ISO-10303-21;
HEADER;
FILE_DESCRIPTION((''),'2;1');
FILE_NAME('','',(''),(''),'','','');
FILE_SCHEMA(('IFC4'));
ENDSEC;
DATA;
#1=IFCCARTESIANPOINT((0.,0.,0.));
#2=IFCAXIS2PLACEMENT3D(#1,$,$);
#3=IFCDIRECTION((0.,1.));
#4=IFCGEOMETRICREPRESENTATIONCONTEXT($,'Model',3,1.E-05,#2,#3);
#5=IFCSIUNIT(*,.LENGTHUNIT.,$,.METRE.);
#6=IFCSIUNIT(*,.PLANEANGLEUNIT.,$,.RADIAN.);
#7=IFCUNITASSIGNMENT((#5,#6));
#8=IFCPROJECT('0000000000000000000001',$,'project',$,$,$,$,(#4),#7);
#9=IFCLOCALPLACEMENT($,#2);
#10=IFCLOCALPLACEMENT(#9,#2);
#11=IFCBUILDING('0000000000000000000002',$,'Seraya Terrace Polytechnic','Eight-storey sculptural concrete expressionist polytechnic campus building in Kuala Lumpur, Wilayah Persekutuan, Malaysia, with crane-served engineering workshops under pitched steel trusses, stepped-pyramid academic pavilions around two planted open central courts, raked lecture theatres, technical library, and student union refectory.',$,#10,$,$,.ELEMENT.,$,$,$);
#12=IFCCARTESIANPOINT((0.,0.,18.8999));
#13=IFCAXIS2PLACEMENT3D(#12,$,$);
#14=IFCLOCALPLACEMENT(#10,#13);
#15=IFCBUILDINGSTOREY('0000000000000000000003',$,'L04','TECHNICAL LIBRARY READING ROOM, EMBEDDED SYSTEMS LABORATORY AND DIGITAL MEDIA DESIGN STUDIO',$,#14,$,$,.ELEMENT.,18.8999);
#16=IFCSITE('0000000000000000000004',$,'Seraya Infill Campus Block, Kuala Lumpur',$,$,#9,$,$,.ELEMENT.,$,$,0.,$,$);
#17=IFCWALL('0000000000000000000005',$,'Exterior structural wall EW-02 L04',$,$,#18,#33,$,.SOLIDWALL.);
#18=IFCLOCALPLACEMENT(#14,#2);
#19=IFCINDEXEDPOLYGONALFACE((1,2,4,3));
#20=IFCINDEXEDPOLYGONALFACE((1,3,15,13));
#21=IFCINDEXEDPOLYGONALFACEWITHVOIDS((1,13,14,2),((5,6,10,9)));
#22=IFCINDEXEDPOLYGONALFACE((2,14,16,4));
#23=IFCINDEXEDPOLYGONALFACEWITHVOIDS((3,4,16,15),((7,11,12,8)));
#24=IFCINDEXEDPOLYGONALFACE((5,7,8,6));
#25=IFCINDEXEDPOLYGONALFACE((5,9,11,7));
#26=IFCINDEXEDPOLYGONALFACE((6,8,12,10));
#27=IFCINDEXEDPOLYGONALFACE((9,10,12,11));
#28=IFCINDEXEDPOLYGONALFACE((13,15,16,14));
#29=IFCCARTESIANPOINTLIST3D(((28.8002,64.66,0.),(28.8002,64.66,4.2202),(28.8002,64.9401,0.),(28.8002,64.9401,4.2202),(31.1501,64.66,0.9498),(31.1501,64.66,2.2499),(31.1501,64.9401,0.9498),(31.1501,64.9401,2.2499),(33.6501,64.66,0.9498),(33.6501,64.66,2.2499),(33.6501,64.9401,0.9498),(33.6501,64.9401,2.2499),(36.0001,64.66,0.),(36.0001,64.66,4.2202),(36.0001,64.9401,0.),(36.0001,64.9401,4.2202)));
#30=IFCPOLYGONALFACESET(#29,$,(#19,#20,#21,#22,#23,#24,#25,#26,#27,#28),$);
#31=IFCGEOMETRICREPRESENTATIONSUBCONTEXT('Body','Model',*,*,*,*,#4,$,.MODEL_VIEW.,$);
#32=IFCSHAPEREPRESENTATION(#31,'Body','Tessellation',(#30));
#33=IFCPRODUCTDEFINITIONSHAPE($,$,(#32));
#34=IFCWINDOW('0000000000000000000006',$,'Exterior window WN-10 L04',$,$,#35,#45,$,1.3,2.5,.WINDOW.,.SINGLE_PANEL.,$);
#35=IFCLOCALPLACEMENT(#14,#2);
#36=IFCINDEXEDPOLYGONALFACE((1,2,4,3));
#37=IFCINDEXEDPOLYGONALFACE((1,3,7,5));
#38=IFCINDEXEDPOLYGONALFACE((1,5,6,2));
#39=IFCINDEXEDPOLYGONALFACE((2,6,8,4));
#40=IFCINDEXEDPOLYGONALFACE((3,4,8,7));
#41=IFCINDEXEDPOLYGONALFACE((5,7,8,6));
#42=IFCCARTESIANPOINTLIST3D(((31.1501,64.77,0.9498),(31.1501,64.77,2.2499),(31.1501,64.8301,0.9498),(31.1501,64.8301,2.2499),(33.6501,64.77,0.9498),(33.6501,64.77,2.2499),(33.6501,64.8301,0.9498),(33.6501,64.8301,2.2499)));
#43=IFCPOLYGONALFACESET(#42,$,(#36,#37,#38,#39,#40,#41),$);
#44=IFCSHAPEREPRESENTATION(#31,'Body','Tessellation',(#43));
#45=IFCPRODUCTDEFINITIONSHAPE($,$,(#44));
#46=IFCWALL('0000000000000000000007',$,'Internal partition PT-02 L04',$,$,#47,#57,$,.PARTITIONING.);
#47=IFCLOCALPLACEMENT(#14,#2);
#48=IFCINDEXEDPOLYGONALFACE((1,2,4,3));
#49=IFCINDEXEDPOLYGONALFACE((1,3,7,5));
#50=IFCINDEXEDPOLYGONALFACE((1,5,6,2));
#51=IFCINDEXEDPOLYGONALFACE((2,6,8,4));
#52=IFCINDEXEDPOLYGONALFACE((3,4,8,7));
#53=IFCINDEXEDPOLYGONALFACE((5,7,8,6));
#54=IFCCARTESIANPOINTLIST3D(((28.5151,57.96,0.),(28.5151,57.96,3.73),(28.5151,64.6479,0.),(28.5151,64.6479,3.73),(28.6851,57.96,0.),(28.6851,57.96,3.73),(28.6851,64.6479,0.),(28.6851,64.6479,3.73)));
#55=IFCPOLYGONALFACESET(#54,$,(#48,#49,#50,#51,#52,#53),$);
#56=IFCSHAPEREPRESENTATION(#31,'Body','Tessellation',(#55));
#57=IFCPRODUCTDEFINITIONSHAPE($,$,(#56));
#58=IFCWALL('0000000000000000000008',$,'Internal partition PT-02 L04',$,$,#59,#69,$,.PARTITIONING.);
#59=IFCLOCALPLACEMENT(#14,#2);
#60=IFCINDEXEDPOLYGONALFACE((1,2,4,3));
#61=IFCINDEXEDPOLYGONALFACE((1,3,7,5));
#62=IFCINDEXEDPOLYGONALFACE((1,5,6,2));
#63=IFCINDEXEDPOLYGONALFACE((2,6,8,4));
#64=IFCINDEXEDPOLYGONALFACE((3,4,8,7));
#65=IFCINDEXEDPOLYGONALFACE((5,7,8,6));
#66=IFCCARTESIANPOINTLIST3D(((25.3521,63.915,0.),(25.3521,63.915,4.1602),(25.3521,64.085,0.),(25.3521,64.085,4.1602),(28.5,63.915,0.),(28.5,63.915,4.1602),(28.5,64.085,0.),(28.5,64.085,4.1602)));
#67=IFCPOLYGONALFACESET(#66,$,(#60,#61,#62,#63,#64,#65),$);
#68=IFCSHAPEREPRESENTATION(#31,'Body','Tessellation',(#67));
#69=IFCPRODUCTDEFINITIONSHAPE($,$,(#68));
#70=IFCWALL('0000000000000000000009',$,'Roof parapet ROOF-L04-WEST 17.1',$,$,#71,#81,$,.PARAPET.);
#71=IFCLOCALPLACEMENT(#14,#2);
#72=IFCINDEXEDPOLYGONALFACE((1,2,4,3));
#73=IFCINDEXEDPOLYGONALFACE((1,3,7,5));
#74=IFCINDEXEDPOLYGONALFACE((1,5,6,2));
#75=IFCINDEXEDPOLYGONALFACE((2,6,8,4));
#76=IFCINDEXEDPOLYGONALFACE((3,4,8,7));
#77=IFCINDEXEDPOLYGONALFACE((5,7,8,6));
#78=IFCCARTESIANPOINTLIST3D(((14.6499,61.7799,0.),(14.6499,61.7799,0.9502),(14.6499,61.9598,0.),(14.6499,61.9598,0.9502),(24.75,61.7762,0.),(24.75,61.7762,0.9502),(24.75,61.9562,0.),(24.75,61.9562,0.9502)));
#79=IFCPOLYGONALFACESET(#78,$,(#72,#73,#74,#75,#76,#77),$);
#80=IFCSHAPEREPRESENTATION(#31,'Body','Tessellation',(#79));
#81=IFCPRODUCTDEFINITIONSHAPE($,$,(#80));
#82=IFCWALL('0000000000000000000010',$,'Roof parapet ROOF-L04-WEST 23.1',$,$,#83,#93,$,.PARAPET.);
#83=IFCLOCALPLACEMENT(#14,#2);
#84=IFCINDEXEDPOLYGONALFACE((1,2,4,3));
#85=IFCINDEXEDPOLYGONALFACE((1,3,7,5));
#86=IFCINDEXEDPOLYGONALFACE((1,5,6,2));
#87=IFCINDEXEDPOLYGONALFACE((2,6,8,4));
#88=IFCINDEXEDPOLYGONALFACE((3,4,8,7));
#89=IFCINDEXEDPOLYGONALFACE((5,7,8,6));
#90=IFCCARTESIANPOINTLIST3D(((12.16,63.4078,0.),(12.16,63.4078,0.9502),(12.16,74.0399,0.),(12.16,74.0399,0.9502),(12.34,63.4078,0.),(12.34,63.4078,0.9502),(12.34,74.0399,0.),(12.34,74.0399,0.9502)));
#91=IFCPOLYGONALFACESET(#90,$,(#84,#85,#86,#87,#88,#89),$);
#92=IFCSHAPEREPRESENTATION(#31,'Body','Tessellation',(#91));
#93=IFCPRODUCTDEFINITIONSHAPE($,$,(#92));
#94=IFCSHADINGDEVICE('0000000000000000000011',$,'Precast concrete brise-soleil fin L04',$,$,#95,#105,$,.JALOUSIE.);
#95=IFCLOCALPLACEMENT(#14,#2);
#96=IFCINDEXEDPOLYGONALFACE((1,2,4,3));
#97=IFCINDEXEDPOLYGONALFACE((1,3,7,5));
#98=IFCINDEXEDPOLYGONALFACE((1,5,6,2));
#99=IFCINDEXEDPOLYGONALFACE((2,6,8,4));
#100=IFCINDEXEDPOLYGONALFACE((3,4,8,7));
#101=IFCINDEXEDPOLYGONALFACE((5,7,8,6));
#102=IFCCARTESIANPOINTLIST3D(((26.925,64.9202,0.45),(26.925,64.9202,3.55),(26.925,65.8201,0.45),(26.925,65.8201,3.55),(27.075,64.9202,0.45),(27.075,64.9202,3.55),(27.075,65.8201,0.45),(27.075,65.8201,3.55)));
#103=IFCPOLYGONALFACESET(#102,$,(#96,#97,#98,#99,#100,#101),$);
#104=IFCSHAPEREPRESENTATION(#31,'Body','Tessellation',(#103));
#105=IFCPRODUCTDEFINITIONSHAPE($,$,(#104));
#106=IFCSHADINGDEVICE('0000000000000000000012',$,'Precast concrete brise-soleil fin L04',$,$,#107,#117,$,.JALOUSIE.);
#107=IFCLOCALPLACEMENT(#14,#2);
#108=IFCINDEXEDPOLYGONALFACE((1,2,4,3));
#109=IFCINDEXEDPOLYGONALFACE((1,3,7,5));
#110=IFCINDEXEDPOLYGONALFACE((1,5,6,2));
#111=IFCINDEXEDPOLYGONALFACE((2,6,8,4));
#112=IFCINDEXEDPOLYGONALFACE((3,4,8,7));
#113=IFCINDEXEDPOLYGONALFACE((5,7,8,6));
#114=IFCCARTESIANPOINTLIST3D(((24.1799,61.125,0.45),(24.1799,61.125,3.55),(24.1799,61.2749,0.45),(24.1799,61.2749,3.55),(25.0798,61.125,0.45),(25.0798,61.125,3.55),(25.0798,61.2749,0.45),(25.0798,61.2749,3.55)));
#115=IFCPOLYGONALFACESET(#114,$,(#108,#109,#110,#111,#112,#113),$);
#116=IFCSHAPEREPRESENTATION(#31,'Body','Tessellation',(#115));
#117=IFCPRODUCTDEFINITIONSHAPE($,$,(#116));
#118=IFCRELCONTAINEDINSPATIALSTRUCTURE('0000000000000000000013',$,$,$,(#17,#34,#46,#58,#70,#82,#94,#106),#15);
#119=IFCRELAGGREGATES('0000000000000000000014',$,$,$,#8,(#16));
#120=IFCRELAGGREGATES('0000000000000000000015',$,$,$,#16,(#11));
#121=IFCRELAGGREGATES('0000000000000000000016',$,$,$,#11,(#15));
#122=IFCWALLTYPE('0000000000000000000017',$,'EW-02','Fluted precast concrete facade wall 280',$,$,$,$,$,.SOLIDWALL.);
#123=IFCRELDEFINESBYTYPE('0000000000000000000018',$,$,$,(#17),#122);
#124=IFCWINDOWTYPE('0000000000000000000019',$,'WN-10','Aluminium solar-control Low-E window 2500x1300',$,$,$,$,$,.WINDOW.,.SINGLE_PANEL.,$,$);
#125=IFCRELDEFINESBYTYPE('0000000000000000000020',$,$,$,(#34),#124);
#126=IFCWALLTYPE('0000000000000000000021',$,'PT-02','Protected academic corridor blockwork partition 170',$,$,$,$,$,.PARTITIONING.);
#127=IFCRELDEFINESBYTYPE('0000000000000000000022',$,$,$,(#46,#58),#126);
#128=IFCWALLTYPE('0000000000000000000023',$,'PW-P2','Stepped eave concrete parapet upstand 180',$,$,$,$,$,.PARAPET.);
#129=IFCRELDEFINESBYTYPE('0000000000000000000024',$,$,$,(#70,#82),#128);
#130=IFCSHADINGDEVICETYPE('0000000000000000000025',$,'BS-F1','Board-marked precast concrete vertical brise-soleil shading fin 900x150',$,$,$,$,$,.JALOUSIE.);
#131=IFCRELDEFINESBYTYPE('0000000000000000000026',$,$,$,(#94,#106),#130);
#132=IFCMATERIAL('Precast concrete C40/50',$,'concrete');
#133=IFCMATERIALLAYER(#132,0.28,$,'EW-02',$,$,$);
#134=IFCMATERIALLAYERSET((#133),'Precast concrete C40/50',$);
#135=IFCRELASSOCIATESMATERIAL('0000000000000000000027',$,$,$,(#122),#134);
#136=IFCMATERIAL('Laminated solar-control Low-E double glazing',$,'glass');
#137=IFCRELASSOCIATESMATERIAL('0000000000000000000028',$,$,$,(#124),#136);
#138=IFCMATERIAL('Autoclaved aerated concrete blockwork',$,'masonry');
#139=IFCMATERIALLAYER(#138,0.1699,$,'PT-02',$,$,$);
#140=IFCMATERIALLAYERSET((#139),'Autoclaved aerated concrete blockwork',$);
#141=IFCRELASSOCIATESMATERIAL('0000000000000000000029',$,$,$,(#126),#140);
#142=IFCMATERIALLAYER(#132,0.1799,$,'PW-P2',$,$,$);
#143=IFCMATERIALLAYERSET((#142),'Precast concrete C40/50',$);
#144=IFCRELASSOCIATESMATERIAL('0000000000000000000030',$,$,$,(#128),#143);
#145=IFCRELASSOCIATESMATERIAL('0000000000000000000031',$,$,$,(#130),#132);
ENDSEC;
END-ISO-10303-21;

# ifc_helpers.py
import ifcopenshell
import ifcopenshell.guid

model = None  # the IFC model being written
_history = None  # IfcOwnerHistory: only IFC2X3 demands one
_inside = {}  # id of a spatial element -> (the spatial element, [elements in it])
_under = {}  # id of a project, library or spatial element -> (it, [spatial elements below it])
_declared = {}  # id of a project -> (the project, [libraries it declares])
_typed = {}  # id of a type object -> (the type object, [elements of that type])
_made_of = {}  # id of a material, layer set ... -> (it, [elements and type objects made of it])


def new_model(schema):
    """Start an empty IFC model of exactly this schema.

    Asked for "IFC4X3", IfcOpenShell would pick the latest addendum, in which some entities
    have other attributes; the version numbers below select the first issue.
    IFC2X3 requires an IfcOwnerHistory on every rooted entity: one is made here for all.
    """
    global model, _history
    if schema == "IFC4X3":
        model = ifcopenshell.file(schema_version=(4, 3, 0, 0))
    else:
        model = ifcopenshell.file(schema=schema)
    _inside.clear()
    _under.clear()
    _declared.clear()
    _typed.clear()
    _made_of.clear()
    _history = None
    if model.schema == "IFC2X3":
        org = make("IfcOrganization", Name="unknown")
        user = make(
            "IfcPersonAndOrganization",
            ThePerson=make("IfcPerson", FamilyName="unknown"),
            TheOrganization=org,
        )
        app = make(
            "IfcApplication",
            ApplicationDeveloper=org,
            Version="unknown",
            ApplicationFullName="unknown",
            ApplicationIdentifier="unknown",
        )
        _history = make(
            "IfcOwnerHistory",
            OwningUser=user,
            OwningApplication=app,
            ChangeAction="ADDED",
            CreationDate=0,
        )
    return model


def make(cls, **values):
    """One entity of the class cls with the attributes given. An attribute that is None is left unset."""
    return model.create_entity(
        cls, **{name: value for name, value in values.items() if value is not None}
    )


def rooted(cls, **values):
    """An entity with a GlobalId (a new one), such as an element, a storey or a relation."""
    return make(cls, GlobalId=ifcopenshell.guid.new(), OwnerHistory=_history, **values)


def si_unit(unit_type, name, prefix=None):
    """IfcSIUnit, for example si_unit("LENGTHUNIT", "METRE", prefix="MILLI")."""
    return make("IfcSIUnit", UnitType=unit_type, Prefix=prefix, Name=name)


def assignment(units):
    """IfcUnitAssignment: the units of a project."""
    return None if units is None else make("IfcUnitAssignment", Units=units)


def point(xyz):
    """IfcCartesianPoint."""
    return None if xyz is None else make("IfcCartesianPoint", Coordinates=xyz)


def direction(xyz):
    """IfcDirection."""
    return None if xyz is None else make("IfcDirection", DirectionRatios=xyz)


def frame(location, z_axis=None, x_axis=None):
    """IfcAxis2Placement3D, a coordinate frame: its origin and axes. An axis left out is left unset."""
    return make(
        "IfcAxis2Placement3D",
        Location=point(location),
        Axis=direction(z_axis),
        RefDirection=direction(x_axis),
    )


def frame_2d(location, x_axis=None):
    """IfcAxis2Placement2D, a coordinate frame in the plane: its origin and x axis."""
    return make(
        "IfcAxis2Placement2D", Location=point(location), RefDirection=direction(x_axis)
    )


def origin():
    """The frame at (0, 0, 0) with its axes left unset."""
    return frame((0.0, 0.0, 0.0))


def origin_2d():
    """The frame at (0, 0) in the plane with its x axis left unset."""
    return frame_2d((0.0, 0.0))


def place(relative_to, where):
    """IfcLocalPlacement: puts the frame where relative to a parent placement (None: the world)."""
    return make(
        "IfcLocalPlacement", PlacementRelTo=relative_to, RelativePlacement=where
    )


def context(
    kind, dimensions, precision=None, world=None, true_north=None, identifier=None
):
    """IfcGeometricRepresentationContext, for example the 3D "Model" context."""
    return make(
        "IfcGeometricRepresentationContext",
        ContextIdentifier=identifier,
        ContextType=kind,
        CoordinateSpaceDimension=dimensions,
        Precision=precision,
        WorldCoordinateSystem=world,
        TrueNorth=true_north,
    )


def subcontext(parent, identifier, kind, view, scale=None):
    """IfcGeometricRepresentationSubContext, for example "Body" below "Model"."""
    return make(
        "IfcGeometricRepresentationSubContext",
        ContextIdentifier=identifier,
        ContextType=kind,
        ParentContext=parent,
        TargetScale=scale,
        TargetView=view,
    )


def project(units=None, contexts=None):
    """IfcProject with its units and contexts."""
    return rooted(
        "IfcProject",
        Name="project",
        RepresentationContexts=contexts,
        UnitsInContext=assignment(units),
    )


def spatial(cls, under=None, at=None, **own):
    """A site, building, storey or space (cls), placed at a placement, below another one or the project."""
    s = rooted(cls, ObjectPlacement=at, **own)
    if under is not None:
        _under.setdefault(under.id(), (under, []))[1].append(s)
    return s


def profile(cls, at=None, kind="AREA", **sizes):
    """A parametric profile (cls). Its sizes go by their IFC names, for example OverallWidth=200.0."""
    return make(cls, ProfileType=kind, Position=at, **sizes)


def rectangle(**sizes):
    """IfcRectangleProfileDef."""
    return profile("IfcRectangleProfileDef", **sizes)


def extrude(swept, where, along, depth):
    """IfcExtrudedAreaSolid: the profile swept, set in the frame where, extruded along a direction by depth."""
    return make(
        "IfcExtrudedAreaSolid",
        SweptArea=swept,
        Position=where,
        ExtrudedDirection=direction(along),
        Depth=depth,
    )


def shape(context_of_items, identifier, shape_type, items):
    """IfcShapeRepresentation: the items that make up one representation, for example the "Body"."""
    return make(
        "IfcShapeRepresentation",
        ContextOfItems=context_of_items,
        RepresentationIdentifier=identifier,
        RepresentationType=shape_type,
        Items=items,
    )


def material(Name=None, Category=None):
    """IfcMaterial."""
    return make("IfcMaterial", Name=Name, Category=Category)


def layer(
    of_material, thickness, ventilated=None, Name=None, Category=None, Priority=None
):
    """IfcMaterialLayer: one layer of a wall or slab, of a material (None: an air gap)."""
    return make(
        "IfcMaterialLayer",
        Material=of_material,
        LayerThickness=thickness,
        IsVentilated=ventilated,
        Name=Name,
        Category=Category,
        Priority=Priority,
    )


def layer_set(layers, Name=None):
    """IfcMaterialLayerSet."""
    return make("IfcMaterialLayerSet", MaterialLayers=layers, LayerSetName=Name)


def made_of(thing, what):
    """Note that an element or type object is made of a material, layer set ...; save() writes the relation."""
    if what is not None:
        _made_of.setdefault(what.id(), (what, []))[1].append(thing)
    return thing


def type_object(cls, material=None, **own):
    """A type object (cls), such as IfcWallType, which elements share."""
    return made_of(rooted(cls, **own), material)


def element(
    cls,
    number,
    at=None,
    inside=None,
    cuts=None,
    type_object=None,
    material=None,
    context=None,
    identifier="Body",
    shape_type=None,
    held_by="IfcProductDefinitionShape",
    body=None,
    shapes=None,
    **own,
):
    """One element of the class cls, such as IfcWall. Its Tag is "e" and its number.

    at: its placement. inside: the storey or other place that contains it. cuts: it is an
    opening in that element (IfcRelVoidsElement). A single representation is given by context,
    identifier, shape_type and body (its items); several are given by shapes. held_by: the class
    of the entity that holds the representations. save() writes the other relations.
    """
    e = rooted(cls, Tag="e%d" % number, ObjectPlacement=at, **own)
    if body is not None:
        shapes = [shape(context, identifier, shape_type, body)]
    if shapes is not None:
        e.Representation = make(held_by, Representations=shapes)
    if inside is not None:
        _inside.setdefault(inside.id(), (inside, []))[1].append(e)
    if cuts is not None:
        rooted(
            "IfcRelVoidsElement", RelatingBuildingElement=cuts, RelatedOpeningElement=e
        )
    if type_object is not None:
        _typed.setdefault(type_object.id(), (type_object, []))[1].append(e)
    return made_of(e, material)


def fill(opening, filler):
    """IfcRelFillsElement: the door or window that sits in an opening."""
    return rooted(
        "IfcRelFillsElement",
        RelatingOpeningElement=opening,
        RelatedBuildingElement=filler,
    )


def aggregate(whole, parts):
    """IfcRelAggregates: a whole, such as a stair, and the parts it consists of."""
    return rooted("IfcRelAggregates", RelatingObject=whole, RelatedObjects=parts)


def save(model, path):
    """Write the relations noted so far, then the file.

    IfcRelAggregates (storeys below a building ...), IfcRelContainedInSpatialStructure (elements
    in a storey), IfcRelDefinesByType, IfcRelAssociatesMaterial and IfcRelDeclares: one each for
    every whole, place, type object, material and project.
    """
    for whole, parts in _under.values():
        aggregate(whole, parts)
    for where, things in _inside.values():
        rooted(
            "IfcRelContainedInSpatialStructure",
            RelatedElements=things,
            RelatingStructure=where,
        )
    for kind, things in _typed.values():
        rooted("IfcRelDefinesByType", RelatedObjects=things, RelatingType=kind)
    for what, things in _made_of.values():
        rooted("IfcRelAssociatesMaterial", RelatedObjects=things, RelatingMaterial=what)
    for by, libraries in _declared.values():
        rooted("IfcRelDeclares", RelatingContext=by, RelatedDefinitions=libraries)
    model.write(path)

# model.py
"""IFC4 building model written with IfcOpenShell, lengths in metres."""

from ifc_helpers import new_model, si_unit, direction, frame, frame_2d, origin, origin_2d, place, context, subcontext, project, spatial, rectangle, extrude, material, layer, layer_set, type_object, element, fill, save


model = new_model("IFC4")

# Units and contexts
model_context = context("Model", 3, precision=1e-05, world=origin(), true_north=direction((0.0, 1.0)))
body_context = subcontext(model_context, "Body", "Model", "MODEL_VIEW")
ifc_project = project(units=[si_unit("LENGTHUNIT", "METRE"), si_unit("PLANEANGLEUNIT", "RADIAN")], contexts=[model_context])

# Site, building, storey
site_placement = place(None, origin())
site = spatial("IfcSite", under=ifc_project, at=site_placement, Name="Seraya Infill Campus Block, Kuala Lumpur", CompositionType="ELEMENT", RefElevation=0.0)
building_placement = place(site_placement, origin())
building = spatial("IfcBuilding", under=site, at=building_placement, Name="Seraya Terrace Polytechnic", Description="Eight-storey sculptural concrete expressionist polytechnic campus building in Kuala Lumpur, Wilayah Persekutuan, Malaysia, with crane-served engineering workshops under pitched steel trusses, stepped-pyramid academic pavilions around two planted open central courts, raked lecture theatres, technical library, and student union refectory.", CompositionType="ELEMENT")
storey_placement = place(building_placement, frame((0.0, 0.0, 18.8999)))
storey = spatial("IfcBuildingStorey", under=building, at=storey_placement, Name="L04", Description="TECHNICAL LIBRARY READING ROOM, EMBEDDED SYSTEMS LABORATORY AND DIGITAL MEDIA DESIGN STUDIO", CompositionType="ELEMENT", Elevation=18.8999)

# Shared definitions
ifc_material_1 = material(Name="Precast concrete C40/50", Category="concrete")
ifc_layer_1 = layer(ifc_material_1, 0.28, Name="EW-02")
ifc_layer_set_1 = layer_set([ifc_layer_1], Name="Precast concrete C40/50")
wall_type_1 = type_object("IfcWallType", Name="EW-02", Description="Fluted precast concrete facade wall 280", PredefinedType="SOLIDWALL", material=ifc_layer_set_1)

# Wall, opening, window
wall_1_placement = place(storey_placement, frame((28.8, 64.8, 0.0), z_axis=(0.0, 0.0, 1.0), x_axis=(1.0, 0.0, 0.0)))
wall_1 = element("IfcWall", 1, at=wall_1_placement, inside=storey, type_object=wall_type_1, Name="Exterior structural wall EW-02 L04", PredefinedType="SOLIDWALL", context=body_context, shape_type="SweptSolid", body=[
    extrude(rectangle(XDim=7.2, YDim=0.28, at=frame_2d((3.6001, 0.0))), origin(), (0.0, 0.0, 1.0), 4.2202),
])
opening_placement = place(wall_1_placement, frame((2.3501, 0.0, 0.95)))
opening = element("IfcOpeningElement", 2, at=opening_placement, cuts=wall_1, PredefinedType="OPENING", context=body_context, shape_type="SweptSolid", body=[
    extrude(rectangle(XDim=2.5, YDim=1.3, at=frame_2d((1.25, 0.6499))), frame((0.0, 0.1519, 0.0), z_axis=(0.0, -1.0, 0.0), x_axis=(1.0, 0.0, 0.0)), (0.0, 0.0, 1.0), 0.304),
])
ifc_material_2 = material(Name="Laminated solar-control Low-E double glazing", Category="glass")
window_type = type_object("IfcWindowType", Name="WN-10", Description="Aluminium solar-control Low-E window 2500x1300", PartitioningType="SINGLE_PANEL", PredefinedType="WINDOW", material=ifc_material_2)
window_placement = place(opening_placement, origin())
window = element("IfcWindow", 3, at=window_placement, inside=storey, type_object=window_type, Name="Exterior window WN-10 L04", OverallHeight=1.3, OverallWidth=2.5, PartitioningType="SINGLE_PANEL", PredefinedType="WINDOW", context=body_context, shape_type="SweptSolid", body=[
    extrude(rectangle(XDim=2.5, YDim=1.3, at=frame_2d((1.25, 0.6499))), frame((0.0, 0.03, 0.0), z_axis=(0.0, -1.0, 0.0), x_axis=(1.0, 0.0, 0.0)), (0.0, 0.0, 1.0), 0.0601),
])
fill(opening, window)

# Walls
ifc_material_3 = material(Name="Autoclaved aerated concrete blockwork", Category="masonry")
ifc_layer_2 = layer(ifc_material_3, 0.1699, Name="PT-02")
ifc_layer_set_2 = layer_set([ifc_layer_2], Name="Autoclaved aerated concrete blockwork")
wall_type_2 = type_object("IfcWallType", Name="PT-02", Description="Protected academic corridor blockwork partition 170", PredefinedType="PARTITIONING", material=ifc_layer_set_2)
wall_2_placement = place(storey_placement, frame((28.6001, 57.96, 0.0), z_axis=(0.0, 0.0, 1.0), x_axis=(0.0, 1.0, 0.0)))
element("IfcWall", 4, at=wall_2_placement, inside=storey, type_object=wall_type_2, Name="Internal partition PT-02 L04", PredefinedType="PARTITIONING", context=body_context, shape_type="SweptSolid", body=[
    extrude(rectangle(XDim=6.688, YDim=0.1699, at=frame_2d((3.344, 0.0))), origin(), (0.0, 0.0, 1.0), 3.73),
])
wall_3_placement = place(storey_placement, frame((25.3521, 64.0, 0.0), z_axis=(0.0, 0.0, 1.0), x_axis=(1.0, 0.0, 0.0)))
element("IfcWall", 5, at=wall_3_placement, inside=storey, type_object=wall_type_2, Name="Internal partition PT-02 L04", PredefinedType="PARTITIONING", context=body_context, shape_type="SweptSolid", body=[
    extrude(rectangle(XDim=3.1479, YDim=0.1699, at=frame_2d((1.574, 0.0))), origin(), (0.0, 0.0, 1.0), 4.1602),
])
ifc_layer_3 = layer(ifc_material_1, 0.1799, Name="PW-P2")
ifc_layer_set_3 = layer_set([ifc_layer_3], Name="Precast concrete C40/50")
wall_type_3 = type_object("IfcWallType", Name="PW-P2", Description="Stepped eave concrete parapet upstand 180", PredefinedType="PARAPET", material=ifc_layer_set_3)
wall_4_placement = place(storey_placement, frame((24.75, 61.8662, 0.0), z_axis=(0.0, 0.0, 1.0), x_axis=(-1.0, 0.000363, 0.0)))
element("IfcWall", 6, at=wall_4_placement, inside=storey, type_object=wall_type_3, Name="Roof parapet ROOF-L04-WEST 17.1", PredefinedType="PARAPET", context=body_context, shape_type="SweptSolid", body=[
    extrude(rectangle(XDim=10.1001, YDim=0.1799, at=frame_2d((5.05, 0.0))), origin(), (0.0, 0.0, 1.0), 0.9502),
])
wall_5_placement = place(storey_placement, frame((12.25, 63.408, 0.0), z_axis=(0.0, 0.0, 1.0), x_axis=(0.0, 1.0, 0.0)))
element("IfcWall", 7, at=wall_5_placement, inside=storey, type_object=wall_type_3, Name="Roof parapet ROOF-L04-WEST 23.1", PredefinedType="PARAPET", context=body_context, shape_type="SweptSolid", body=[
    extrude(rectangle(XDim=10.6321, YDim=0.1799, at=frame_2d((5.3159, 0.0))), origin(), (0.0, 0.0, 1.0), 0.9502),
])

# Shading devices
shading_device_type = type_object("IfcShadingDeviceType", Name="BS-F1", Description="Board-marked precast concrete vertical brise-soleil shading fin 900x150", PredefinedType="JALOUSIE", material=ifc_material_1)
for number, where, z_axis, x_axis, name in (
    (8, (27.0, 65.3701, 0.45), (0.0, 0.0, 1.0), (0.0, 1.0, 0.0), "Precast concrete brise-soleil fin L04"),
    (9, (24.6299, 61.2, 0.45), (0.0, 0.0, 1.0), (-1.0, 0.0, 0.0), "Precast concrete brise-soleil fin L04"),
):
    element("IfcShadingDevice", number, at=place(storey_placement, frame(where, z_axis=z_axis, x_axis=x_axis)), inside=storey, type_object=shading_device_type, Name=name, PredefinedType="JALOUSIE", context=body_context, shape_type="SweptSolid", body=[
        extrude(rectangle(XDim=0.8999, YDim=0.1499, at=origin_2d()), origin(), (0.0, 0.0, 1.0), 3.1001),
    ])

save(model, "model.ifc")
